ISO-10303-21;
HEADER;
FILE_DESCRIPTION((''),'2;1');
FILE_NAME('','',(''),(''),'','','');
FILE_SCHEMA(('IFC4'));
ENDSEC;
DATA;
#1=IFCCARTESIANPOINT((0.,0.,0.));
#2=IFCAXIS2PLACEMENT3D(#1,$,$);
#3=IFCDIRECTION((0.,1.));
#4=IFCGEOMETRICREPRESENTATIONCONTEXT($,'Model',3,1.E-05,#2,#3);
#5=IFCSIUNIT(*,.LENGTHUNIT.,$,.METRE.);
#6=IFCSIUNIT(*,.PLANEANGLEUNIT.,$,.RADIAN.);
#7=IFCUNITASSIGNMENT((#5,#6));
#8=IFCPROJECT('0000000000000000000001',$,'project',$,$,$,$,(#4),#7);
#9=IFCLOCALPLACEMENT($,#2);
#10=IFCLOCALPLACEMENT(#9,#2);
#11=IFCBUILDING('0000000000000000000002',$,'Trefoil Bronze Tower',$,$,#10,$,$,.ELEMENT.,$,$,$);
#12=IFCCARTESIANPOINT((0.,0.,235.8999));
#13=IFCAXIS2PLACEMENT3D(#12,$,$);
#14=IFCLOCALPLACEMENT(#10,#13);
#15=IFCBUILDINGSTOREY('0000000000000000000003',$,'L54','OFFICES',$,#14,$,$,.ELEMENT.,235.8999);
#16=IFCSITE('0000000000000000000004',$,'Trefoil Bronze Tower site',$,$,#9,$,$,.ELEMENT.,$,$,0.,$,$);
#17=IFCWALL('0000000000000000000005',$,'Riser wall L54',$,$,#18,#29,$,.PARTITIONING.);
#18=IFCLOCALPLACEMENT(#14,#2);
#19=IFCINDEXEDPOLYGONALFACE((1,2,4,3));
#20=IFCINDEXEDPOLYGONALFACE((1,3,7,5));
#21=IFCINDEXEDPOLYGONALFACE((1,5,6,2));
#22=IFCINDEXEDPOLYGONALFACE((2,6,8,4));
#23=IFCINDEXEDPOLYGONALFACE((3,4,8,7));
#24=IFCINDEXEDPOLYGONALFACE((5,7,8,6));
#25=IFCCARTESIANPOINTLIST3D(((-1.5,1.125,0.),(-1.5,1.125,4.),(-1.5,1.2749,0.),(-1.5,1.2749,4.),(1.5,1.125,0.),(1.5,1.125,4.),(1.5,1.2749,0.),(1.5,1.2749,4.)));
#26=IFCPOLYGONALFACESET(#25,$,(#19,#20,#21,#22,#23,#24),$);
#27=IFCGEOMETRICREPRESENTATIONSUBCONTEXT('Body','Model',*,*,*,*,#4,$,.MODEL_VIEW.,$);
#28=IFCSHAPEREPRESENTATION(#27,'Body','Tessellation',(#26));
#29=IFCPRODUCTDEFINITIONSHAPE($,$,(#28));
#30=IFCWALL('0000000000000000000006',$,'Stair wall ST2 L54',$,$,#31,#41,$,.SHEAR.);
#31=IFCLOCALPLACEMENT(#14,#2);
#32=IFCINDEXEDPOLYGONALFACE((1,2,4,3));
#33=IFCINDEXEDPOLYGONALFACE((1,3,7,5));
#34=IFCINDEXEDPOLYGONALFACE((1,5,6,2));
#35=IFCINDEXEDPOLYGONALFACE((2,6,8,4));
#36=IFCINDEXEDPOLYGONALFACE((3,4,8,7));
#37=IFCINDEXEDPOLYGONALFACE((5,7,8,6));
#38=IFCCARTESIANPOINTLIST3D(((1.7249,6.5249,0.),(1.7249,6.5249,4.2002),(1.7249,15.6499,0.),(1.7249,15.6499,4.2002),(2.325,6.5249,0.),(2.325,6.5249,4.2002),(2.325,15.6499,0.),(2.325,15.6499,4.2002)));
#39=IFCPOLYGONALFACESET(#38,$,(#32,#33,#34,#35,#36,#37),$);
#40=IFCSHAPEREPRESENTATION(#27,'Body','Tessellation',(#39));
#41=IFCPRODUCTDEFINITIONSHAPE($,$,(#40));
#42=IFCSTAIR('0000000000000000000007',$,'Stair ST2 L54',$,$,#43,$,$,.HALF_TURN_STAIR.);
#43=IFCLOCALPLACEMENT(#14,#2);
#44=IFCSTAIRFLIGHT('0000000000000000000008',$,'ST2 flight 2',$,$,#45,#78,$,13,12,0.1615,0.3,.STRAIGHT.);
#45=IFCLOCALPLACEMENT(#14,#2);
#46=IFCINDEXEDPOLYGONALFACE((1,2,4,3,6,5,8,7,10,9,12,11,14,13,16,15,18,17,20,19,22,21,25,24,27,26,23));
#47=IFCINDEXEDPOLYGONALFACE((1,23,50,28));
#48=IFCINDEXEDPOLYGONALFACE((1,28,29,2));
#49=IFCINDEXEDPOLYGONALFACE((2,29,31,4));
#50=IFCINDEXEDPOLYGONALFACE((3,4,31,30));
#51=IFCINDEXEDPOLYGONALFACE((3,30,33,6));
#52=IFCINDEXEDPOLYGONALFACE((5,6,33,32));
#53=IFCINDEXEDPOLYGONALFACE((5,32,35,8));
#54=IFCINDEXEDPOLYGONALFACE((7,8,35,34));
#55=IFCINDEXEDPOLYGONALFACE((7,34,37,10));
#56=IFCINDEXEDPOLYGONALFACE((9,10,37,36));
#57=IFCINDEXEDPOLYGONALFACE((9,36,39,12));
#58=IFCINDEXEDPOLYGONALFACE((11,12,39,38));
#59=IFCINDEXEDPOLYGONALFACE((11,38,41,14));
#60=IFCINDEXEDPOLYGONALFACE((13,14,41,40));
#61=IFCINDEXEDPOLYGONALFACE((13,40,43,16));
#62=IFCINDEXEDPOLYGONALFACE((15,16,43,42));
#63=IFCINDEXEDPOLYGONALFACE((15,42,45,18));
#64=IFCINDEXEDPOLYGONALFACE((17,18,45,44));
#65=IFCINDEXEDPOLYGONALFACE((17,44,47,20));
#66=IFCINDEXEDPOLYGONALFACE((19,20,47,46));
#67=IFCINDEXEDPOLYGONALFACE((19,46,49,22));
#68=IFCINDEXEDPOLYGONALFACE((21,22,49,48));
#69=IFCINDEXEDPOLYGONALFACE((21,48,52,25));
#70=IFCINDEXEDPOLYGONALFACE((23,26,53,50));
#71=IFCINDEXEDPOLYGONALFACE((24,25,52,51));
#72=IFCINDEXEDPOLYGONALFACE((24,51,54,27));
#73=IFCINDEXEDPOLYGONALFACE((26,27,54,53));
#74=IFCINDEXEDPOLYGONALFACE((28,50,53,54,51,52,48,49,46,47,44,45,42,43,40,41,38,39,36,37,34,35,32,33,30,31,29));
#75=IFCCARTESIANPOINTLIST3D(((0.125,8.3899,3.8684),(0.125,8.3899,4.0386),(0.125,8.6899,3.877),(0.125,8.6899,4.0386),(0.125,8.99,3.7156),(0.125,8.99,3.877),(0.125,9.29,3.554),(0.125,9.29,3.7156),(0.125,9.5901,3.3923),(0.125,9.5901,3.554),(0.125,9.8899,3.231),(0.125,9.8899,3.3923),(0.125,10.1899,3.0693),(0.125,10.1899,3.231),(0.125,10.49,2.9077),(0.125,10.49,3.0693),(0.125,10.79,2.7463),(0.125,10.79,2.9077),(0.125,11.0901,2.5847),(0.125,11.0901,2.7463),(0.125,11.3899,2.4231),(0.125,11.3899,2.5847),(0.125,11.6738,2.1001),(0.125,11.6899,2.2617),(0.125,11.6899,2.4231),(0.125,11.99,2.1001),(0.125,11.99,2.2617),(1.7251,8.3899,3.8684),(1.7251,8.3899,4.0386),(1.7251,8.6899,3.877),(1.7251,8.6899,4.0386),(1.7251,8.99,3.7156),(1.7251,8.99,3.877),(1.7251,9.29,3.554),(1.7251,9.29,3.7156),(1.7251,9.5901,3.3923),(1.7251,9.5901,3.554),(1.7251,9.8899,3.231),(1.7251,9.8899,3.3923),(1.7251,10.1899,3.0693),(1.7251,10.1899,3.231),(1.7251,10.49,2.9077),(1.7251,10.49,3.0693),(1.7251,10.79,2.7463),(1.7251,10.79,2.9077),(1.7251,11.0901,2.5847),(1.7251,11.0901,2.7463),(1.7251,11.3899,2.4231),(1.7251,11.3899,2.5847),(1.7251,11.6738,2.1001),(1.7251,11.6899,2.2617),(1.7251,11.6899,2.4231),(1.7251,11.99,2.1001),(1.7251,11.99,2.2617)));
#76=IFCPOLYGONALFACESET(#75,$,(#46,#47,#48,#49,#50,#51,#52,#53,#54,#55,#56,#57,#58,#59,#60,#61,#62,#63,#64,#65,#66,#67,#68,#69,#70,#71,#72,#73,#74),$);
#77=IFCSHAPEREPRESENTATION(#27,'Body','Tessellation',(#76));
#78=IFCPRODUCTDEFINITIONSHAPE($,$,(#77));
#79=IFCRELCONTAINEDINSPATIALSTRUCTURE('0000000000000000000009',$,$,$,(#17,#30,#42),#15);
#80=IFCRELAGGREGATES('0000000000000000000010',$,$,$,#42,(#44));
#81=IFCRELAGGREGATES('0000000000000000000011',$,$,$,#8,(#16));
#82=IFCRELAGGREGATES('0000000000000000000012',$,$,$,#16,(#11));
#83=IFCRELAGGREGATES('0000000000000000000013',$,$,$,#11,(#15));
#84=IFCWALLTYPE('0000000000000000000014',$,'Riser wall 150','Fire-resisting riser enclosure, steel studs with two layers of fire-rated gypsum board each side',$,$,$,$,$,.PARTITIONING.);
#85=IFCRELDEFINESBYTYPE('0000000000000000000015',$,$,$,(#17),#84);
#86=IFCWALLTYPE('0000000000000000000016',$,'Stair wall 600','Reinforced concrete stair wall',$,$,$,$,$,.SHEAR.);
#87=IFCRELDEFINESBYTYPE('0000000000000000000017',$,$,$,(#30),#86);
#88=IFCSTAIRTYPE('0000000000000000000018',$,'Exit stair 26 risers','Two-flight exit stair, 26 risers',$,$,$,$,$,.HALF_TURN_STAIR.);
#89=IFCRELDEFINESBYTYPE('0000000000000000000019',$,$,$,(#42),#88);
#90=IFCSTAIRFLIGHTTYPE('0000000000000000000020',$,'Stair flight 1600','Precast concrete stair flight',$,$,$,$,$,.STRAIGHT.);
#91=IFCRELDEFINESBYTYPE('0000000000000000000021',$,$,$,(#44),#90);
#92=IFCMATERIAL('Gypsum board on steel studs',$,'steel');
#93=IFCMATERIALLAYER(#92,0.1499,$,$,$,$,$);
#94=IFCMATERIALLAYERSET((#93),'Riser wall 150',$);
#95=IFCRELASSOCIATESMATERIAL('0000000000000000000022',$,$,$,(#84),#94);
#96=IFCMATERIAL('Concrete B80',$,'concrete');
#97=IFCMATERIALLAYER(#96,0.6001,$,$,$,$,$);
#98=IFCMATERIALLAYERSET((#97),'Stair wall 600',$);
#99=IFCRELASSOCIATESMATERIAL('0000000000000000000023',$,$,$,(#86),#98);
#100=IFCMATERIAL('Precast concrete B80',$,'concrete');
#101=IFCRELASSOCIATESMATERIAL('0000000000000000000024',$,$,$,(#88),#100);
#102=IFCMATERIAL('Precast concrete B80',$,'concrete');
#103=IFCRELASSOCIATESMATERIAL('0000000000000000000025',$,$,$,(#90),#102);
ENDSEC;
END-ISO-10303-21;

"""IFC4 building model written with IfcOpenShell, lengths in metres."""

from ifc_helpers import new_model, si_unit, direction, frame, frame_2d, origin, place, context, subcontext, project, spatial, polyline, rectangle, outline, extrude, material, layer, layer_set, type_object, element, aggregate, save


model = new_model("IFC4")

# Units and contexts
model_context = context("Model", 3, precision=1e-05, world=origin(), true_north=direction((0.0, 1.0)))
body_context = subcontext(model_context, "Body", "Model", "MODEL_VIEW")
ifc_project = project(units=[si_unit("LENGTHUNIT", "METRE"), si_unit("PLANEANGLEUNIT", "RADIAN")], contexts=[model_context])

# Site, building, storey
site_placement = place(None, origin())
site = spatial("IfcSite", under=ifc_project, at=site_placement, Name="Trefoil Bronze Tower site", CompositionType="ELEMENT", RefElevation=0.0)
building_placement = place(site_placement, origin())
building = spatial("IfcBuilding", under=site, at=building_placement, Name="Trefoil Bronze Tower", CompositionType="ELEMENT")
storey_placement = place(building_placement, frame((0.0, 0.0, 235.8999)))
storey = spatial("IfcBuildingStorey", under=building, at=storey_placement, Name="L54", Description="OFFICES", CompositionType="ELEMENT", Elevation=235.8999)

# Walls
ifc_material_1 = material(Name="Gypsum board on steel studs", Category="steel")
ifc_layer_1 = layer(ifc_material_1, 0.1499)
ifc_layer_set_1 = layer_set([ifc_layer_1], Name="Riser wall 150")
wall_type_1 = type_object("IfcWallType", Name="Riser wall 150", Description="Fire-resisting riser enclosure, steel studs with two layers of fire-rated gypsum board each side", PredefinedType="PARTITIONING", material=ifc_layer_set_1)
wall_1_placement = place(storey_placement, frame((1.5, 1.2, 0.0), z_axis=(0.0, 0.0, 1.0), x_axis=(-1.0, 0.0, 0.0)))
element("IfcWall", 1, at=wall_1_placement, inside=storey, type_object=wall_type_1, Name="Riser wall L54", PredefinedType="PARTITIONING", context=body_context, shape_type="SweptSolid", body=[
    extrude(rectangle(XDim=3.0, YDim=0.1499, at=frame_2d((1.5, 0.0))), origin(), (0.0, 0.0, 1.0), 4.0),
])
ifc_material_2 = material(Name="Concrete B80", Category="concrete")
ifc_layer_2 = layer(ifc_material_2, 0.6001)
ifc_layer_set_2 = layer_set([ifc_layer_2], Name="Stair wall 600")
wall_type_2 = type_object("IfcWallType", Name="Stair wall 600", Description="Reinforced concrete stair wall", PredefinedType="SHEAR", material=ifc_layer_set_2)
wall_2_placement = place(storey_placement, frame((2.0249, 6.5249, 0.0), z_axis=(0.0, 0.0, 1.0), x_axis=(0.0, 1.0, 0.0)))
element("IfcWall", 2, at=wall_2_placement, inside=storey, type_object=wall_type_2, Name="Stair wall ST2 L54", PredefinedType="SHEAR", context=body_context, shape_type="SweptSolid", body=[
    extrude(rectangle(XDim=9.125, YDim=0.6001, at=frame_2d((4.5625, 0.0))), origin(), (0.0, 0.0, 1.0), 4.2002),
])

# Stair, stair flight
ifc_material_3 = material(Name="Precast concrete B80", Category="concrete")
stair_type = type_object("IfcStairType", Name="Exit stair 26 risers", Description="Two-flight exit stair, 26 risers", PredefinedType="HALF_TURN_STAIR", material=ifc_material_3)
stair_placement = place(storey_placement, origin())
stair = element("IfcStair", 3, at=stair_placement, inside=storey, type_object=stair_type, Name="Stair ST2 L54", PredefinedType="HALF_TURN_STAIR")
ifc_material_4 = material(Name="Precast concrete B80", Category="concrete")
stair_flight_type = type_object("IfcStairFlightType", Name="Stair flight 1600", Description="Precast concrete stair flight", PredefinedType="STRAIGHT", material=ifc_material_4)
stair_flight_placement = place(storey_placement, frame((0.925, 11.99, 2.1001), z_axis=(0.0, 0.0, 1.0), x_axis=(0.0, -1.0, 0.0)))
stair_flight = element("IfcStairFlight", 4, at=stair_flight_placement, type_object=stair_flight_type, Name="ST2 flight 2", NumberOfRisers=13, NumberOfTreads=12, PredefinedType="STRAIGHT", RiserHeight=0.1615, TreadLength=0.3, context=body_context, shape_type="SweptSolid", body=[
    extrude(outline(polyline([(0.0, 0.0), (0.0, 0.1616), (0.3, 0.1616), (0.3, 0.323), (0.6001, 0.323), (0.6001, 0.4846), (0.8999, 0.4846), (0.8999, 0.6462), (1.2, 0.6462), (1.2, 0.8076), (1.5, 0.8076), (1.5, 0.9692), (1.8, 0.9692), (1.8, 1.1309), (2.1001, 1.1309), (2.1001, 1.2922), (2.3999, 1.2922), (2.3999, 1.4539), (2.7, 1.4539), (2.7, 1.6155), (3.0, 1.6155), (3.0, 1.7769), (3.3, 1.7769), (3.3, 1.9385), (3.6001, 1.9385), (3.6001, 2.1001), (3.6001, 1.7683), (0.3162, 0.0), (0.0, 0.0)])), frame((0.0, 0.8, 0.0), z_axis=(0.0, -1.0, 0.0), x_axis=(1.0, 0.0, 0.0)), (0.0, 0.0, 1.0), 1.6001),
])
aggregate(stair, [stair_flight])

save(model, "model.ifc")
